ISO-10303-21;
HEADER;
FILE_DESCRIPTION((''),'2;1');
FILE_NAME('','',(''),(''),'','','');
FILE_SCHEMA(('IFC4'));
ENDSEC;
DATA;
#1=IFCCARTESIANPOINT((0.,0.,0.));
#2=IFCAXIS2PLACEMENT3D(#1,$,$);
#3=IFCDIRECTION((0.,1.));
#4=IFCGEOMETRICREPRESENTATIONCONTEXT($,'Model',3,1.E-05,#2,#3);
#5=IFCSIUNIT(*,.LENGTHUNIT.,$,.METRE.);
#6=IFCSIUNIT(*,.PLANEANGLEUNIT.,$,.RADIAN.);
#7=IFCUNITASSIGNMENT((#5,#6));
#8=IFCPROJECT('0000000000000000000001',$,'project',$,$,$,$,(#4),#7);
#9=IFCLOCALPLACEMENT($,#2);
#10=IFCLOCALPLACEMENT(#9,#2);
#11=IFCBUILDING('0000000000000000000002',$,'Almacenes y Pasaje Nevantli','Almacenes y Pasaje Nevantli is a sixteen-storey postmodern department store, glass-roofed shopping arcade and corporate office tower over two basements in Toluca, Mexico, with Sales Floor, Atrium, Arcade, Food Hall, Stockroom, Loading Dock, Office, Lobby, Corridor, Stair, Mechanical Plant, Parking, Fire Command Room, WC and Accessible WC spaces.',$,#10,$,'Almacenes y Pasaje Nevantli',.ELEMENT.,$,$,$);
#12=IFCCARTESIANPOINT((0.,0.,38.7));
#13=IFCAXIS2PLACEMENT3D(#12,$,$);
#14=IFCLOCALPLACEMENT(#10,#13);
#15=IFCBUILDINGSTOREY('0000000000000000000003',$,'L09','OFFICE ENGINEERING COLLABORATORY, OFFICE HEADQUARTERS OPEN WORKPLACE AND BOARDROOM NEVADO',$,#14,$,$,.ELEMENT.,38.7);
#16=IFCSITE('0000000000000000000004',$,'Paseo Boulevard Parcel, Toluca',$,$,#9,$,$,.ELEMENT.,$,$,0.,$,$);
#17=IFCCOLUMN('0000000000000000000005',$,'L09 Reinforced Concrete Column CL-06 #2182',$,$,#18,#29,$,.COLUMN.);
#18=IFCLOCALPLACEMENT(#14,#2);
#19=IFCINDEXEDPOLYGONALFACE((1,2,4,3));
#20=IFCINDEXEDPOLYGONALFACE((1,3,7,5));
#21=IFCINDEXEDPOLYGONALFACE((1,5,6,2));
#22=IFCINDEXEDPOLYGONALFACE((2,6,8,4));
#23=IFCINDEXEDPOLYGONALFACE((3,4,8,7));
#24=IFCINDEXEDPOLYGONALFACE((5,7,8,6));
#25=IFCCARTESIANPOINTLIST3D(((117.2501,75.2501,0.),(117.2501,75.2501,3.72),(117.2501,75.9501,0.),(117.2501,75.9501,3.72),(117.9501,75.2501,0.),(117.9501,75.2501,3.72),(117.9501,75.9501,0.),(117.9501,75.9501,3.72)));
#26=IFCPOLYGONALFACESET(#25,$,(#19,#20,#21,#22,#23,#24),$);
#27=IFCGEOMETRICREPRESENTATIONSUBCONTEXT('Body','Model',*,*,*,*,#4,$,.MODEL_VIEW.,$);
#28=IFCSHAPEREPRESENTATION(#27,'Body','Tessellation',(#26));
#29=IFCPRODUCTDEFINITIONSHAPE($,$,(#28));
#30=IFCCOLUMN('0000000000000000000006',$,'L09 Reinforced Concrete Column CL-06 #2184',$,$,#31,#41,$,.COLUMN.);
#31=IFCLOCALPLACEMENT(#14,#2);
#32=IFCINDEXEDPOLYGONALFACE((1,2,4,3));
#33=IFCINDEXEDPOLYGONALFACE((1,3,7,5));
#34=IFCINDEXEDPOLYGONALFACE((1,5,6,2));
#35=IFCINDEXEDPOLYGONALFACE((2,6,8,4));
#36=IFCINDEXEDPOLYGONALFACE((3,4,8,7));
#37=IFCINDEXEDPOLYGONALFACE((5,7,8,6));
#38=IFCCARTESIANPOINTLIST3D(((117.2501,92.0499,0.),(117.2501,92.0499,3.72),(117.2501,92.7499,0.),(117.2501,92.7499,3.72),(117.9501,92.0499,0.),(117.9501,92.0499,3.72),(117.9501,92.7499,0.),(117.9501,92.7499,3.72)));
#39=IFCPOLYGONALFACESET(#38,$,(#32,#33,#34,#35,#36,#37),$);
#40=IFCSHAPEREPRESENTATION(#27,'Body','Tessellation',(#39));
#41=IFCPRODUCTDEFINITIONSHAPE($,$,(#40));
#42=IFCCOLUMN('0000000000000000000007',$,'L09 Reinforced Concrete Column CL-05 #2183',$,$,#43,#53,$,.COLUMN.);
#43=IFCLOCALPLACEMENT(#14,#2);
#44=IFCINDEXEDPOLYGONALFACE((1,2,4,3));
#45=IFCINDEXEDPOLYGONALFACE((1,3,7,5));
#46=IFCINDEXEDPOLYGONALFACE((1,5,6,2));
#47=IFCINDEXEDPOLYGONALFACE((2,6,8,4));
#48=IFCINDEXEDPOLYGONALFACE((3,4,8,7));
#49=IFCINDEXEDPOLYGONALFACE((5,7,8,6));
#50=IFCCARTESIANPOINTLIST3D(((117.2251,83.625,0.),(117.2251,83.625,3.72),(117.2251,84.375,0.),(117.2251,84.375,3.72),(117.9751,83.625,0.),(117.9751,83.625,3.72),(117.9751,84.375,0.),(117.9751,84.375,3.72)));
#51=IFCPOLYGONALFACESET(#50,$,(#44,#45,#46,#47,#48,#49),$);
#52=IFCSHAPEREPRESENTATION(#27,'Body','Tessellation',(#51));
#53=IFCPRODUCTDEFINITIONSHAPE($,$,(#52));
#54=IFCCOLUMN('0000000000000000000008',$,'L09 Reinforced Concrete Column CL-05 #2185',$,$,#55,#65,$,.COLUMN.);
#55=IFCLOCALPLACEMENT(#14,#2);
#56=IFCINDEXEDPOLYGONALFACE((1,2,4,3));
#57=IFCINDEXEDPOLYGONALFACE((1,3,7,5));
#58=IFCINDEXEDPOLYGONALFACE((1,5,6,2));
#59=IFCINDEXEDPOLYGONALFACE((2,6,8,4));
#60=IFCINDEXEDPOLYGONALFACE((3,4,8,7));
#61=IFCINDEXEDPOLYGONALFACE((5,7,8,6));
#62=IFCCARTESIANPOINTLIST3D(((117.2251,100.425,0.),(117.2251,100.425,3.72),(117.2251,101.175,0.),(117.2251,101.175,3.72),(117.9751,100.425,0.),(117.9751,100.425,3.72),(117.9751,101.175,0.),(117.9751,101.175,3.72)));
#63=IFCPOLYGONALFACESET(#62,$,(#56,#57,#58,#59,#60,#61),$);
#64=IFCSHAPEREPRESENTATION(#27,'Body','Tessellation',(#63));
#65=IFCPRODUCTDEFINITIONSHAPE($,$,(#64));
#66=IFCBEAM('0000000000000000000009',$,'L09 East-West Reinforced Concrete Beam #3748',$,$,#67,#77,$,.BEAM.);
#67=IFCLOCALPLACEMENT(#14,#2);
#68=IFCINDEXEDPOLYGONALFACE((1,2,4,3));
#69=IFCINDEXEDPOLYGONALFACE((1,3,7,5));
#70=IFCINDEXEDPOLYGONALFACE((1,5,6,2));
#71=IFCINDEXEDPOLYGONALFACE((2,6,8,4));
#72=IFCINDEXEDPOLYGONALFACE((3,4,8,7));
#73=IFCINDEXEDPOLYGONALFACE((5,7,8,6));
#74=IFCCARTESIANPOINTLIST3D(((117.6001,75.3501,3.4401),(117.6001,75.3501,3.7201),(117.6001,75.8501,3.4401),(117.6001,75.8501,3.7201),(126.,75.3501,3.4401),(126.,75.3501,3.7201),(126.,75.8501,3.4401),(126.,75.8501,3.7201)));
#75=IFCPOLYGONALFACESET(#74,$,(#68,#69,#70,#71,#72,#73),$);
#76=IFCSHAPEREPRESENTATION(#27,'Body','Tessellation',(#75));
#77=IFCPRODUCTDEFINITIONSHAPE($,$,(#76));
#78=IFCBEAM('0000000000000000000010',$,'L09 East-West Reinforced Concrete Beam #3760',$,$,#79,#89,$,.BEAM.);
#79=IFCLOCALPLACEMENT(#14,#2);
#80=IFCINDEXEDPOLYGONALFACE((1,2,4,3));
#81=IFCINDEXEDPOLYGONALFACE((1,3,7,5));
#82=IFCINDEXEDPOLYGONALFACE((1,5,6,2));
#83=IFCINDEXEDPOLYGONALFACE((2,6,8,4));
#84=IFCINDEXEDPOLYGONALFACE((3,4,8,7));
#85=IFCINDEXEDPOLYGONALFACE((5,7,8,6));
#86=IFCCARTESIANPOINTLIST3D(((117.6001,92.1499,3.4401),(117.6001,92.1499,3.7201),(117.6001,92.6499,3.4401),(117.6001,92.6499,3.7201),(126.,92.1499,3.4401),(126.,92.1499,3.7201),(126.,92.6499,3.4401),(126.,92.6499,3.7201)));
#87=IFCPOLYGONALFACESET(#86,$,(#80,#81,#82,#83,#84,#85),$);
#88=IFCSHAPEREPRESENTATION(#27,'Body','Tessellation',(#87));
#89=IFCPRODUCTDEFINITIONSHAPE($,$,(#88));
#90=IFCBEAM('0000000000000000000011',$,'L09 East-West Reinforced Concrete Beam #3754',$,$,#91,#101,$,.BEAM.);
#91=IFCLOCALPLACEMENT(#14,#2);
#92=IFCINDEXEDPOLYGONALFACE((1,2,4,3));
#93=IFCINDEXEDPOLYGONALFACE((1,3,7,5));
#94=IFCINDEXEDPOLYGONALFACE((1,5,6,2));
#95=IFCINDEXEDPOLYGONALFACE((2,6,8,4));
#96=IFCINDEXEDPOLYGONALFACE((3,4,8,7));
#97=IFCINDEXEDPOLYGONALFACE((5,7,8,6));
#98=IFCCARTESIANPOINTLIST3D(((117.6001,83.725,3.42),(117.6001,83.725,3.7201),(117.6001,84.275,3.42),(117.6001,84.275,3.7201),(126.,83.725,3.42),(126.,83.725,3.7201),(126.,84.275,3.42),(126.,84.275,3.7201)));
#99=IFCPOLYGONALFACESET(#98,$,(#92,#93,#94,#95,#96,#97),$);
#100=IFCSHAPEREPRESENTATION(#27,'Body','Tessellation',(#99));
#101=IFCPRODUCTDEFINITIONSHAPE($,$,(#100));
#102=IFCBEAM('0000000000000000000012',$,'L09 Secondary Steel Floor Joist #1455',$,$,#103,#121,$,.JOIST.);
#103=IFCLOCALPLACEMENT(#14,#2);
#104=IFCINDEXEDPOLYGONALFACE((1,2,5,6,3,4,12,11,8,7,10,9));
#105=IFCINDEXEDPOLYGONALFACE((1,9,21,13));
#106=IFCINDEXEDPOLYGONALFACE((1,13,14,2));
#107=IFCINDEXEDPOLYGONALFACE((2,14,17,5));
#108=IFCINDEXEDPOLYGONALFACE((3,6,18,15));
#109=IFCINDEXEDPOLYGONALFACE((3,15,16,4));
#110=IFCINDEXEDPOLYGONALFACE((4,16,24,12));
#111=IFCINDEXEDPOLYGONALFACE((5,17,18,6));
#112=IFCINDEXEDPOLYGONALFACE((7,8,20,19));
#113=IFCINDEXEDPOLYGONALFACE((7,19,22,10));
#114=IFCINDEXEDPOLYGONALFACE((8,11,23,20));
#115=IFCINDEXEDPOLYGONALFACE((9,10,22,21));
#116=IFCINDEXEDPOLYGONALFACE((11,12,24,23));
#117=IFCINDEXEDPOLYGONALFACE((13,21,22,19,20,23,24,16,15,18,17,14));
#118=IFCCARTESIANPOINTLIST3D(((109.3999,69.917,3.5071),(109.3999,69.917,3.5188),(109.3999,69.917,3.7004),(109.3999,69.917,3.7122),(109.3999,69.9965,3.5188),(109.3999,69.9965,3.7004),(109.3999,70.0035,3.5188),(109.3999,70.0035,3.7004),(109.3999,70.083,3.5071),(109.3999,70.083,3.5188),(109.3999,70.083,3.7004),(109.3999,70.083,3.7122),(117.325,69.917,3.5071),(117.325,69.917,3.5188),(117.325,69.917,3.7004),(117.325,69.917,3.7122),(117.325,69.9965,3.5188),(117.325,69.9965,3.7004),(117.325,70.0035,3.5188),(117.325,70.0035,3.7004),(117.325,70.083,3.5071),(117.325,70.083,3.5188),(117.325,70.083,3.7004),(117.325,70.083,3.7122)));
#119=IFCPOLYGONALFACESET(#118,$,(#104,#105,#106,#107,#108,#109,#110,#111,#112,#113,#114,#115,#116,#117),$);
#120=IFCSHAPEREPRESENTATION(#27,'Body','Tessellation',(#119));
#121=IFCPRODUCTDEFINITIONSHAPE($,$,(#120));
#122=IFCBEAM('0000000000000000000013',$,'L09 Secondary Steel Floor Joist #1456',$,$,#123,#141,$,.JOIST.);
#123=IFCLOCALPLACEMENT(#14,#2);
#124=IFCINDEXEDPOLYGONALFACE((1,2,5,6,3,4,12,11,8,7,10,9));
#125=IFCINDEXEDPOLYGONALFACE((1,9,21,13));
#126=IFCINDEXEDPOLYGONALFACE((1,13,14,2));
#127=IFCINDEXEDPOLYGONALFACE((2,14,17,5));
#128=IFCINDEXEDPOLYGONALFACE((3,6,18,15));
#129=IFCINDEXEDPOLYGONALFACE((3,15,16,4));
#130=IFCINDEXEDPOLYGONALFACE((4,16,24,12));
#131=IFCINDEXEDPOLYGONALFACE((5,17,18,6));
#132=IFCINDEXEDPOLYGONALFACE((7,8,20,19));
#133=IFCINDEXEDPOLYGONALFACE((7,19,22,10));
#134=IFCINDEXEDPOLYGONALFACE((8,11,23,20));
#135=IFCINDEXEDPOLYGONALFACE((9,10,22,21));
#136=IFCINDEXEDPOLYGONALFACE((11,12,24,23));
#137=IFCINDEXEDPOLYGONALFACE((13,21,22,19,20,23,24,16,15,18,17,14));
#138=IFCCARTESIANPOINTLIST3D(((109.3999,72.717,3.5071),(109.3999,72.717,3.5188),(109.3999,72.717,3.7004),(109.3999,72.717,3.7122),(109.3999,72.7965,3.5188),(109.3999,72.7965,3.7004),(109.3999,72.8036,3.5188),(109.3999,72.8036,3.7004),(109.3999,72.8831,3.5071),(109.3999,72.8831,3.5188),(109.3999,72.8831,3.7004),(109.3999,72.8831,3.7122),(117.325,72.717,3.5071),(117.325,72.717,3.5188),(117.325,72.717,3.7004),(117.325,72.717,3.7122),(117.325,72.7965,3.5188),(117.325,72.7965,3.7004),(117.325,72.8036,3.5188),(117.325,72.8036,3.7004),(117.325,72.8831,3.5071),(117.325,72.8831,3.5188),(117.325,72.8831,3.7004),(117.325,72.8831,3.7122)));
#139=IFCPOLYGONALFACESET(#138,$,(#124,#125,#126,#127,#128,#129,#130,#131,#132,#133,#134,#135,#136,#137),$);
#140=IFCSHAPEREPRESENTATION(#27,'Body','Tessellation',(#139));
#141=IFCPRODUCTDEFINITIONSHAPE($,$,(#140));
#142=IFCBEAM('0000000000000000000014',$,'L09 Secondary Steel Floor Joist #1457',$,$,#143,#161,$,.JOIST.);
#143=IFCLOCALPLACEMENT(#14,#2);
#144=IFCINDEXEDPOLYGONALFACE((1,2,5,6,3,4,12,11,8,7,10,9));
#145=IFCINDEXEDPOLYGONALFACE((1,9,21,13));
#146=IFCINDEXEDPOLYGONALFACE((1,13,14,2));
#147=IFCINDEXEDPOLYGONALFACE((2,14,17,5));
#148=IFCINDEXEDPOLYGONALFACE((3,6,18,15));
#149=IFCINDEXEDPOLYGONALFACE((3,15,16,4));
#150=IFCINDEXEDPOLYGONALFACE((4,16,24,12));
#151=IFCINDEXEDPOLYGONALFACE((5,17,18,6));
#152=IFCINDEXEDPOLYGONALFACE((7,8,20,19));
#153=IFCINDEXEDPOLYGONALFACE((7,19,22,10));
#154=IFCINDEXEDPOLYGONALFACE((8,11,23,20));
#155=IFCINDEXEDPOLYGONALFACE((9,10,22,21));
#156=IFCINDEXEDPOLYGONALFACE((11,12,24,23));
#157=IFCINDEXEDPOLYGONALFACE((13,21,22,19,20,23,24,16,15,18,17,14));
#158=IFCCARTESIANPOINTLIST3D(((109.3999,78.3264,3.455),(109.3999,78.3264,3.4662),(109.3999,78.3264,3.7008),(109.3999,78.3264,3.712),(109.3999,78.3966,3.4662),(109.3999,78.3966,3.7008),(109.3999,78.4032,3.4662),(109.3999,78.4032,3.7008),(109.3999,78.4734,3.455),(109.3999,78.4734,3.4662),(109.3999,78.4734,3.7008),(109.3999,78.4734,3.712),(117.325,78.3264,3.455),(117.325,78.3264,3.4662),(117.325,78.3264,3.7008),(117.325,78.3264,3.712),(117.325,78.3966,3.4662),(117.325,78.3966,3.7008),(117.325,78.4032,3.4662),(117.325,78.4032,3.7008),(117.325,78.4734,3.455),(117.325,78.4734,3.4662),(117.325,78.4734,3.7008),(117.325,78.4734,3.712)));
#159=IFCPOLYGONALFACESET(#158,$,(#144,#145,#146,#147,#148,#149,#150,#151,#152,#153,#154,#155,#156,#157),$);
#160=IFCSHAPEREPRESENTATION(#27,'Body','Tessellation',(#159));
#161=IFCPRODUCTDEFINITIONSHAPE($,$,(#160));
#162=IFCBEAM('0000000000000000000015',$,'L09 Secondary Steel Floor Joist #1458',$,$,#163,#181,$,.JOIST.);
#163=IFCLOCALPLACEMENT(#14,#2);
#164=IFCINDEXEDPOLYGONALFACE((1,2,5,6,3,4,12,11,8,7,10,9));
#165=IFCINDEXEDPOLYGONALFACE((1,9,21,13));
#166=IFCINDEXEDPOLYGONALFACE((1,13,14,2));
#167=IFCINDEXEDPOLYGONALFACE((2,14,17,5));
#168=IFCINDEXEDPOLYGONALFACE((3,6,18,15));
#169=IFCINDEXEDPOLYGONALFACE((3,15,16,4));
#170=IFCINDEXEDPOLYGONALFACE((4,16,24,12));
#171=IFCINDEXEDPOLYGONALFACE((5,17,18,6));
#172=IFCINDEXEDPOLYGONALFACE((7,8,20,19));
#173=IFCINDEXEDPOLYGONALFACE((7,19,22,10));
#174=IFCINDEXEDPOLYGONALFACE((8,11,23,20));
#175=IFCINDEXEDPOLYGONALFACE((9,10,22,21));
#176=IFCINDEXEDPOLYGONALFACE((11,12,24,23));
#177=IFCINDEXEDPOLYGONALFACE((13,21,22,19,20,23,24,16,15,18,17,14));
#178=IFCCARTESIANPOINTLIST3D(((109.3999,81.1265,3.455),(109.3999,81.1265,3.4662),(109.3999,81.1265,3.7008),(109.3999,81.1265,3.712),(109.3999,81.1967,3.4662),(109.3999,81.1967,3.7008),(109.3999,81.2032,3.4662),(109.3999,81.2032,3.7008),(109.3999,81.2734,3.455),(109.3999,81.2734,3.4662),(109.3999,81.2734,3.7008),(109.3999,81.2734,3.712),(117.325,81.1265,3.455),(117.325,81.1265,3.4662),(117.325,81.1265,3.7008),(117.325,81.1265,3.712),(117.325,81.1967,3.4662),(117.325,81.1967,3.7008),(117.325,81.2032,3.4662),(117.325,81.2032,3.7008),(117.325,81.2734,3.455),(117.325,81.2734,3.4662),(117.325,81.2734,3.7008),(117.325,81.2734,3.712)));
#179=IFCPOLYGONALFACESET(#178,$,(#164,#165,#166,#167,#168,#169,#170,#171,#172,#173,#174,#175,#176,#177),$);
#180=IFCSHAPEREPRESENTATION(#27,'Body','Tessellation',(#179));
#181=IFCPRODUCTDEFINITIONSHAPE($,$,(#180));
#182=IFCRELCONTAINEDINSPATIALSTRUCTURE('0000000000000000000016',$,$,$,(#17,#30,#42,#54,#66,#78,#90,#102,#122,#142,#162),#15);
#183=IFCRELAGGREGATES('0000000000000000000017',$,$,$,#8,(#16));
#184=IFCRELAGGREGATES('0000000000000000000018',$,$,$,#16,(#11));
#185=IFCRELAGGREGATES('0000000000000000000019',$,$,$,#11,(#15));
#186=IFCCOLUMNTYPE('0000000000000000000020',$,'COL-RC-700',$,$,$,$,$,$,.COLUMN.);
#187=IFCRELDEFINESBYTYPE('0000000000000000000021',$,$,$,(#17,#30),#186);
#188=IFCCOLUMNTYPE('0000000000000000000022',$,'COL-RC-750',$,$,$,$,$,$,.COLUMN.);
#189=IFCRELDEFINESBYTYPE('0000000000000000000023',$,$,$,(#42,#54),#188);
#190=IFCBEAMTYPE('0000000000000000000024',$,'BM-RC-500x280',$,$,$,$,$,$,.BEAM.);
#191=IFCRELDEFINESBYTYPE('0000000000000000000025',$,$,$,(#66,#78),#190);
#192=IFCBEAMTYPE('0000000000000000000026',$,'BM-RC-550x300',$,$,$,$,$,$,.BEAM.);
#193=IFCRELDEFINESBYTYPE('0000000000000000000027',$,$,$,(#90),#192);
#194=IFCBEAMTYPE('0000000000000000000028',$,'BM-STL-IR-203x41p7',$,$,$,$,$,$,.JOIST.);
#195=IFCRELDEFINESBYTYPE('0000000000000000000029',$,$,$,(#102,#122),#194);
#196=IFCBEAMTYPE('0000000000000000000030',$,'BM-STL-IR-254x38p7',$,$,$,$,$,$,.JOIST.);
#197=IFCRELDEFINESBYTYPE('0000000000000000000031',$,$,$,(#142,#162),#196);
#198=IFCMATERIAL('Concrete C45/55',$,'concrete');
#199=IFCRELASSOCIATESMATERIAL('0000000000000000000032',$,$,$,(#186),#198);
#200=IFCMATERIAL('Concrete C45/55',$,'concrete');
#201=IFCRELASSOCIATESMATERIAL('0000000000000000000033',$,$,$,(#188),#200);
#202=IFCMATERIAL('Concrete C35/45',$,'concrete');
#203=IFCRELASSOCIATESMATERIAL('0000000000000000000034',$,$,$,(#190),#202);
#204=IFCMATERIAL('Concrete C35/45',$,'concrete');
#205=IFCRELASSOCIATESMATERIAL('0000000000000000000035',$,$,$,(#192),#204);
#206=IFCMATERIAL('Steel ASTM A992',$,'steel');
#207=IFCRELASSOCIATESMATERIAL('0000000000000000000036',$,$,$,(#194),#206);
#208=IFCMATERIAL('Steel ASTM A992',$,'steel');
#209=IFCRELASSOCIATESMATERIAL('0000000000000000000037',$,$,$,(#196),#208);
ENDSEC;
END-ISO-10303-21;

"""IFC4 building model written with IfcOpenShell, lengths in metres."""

from ifc_helpers import new_model, si_unit, direction, frame, origin, origin_2d, place, context, subcontext, project, spatial, rectangle, i_section, extrude, material, material_profile, profile_set, type_object, element, save


model = new_model("IFC4")

# Units and contexts
model_context = context("Model", 3, precision=1e-05, world=origin(), true_north=direction((0.0, 1.0)))
body_context = subcontext(model_context, "Body", "Model", "MODEL_VIEW")
ifc_project = project(units=[si_unit("LENGTHUNIT", "METRE"), si_unit("PLANEANGLEUNIT", "RADIAN")], contexts=[model_context])

# Site, building, storey
site_placement = place(None, origin())
site = spatial("IfcSite", under=ifc_project, at=site_placement, Name="Paseo Boulevard Parcel, Toluca", CompositionType="ELEMENT", RefElevation=0.0)
building_placement = place(site_placement, origin())
building = spatial("IfcBuilding", under=site, at=building_placement, Name="Almacenes y Pasaje Nevantli", Description="Almacenes y Pasaje Nevantli is a sixteen-storey postmodern department store, glass-roofed shopping arcade and corporate office tower over two basements in Toluca, Mexico, with Sales Floor, Atrium, Arcade, Food Hall, Stockroom, Loading Dock, Office, Lobby, Corridor, Stair, Mechanical Plant, Parking, Fire Command Room, WC and Accessible WC spaces.", LongName="Almacenes y Pasaje Nevantli", CompositionType="ELEMENT")
storey_placement = place(building_placement, frame((0.0, 0.0, 38.7)))
storey = spatial("IfcBuildingStorey", under=building, at=storey_placement, Name="L09", Description="OFFICE ENGINEERING COLLABORATORY, OFFICE HEADQUARTERS OPEN WORKPLACE AND BOARDROOM NEVADO", CompositionType="ELEMENT", Elevation=38.7)

# Columns
ifc_material_1 = material(Name="Concrete C45/55", Category="concrete")
ifc_material_profile_1 = material_profile(ifc_material_1, rectangle(XDim=0.7, YDim=0.7, at=origin_2d()), Name="RC-COL-700x700")
ifc_profile_set_1 = profile_set([ifc_material_profile_1], Name="Concrete C45/55")
column_type_1 = type_object("IfcColumnType", Name="COL-RC-700", PredefinedType="COLUMN", material=ifc_profile_set_1)
for number, where, z_axis, x_axis, name in (
    (1, (117.6001, 75.6001, 0.0), (0.0, 0.0, 1.0), (1.0, 0.0, 0.0), "L09 Reinforced Concrete Column CL-06 #2182"),
    (2, (117.6001, 92.3999, 0.0), (0.0, 0.0, 1.0), (1.0, 0.0, 0.0), "L09 Reinforced Concrete Column CL-06 #2184"),
):
    element("IfcColumn", number, at=place(storey_placement, frame(where, z_axis=z_axis, x_axis=x_axis)), inside=storey, type_object=column_type_1, Name=name, PredefinedType="COLUMN", context=body_context, shape_type="SweptSolid", body=[
        extrude(rectangle(XDim=0.7, YDim=0.7, at=origin_2d()), origin(), (0.0, 0.0, 1.0), 3.72),
    ])
ifc_material_2 = material(Name="Concrete C45/55", Category="concrete")
ifc_material_profile_2 = material_profile(ifc_material_2, rectangle(XDim=0.75, YDim=0.75, at=origin_2d()), Name="RC-COL-750x750")
ifc_profile_set_2 = profile_set([ifc_material_profile_2], Name="Concrete C45/55")
column_type_2 = type_object("IfcColumnType", Name="COL-RC-750", PredefinedType="COLUMN", material=ifc_profile_set_2)
for number, where, z_axis, x_axis, name in (
    (3, (117.6001, 84.0, 0.0), (0.0, 0.0, 1.0), (1.0, 0.0, 0.0), "L09 Reinforced Concrete Column CL-05 #2183"),
    (4, (117.6001, 100.8, 0.0), (0.0, 0.0, 1.0), (1.0, 0.0, 0.0), "L09 Reinforced Concrete Column CL-05 #2185"),
):
    element("IfcColumn", number, at=place(storey_placement, frame(where, z_axis=z_axis, x_axis=x_axis)), inside=storey, type_object=column_type_2, Name=name, PredefinedType="COLUMN", context=body_context, shape_type="SweptSolid", body=[
        extrude(rectangle(XDim=0.75, YDim=0.75, at=origin_2d()), origin(), (0.0, 0.0, 1.0), 3.72),
    ])

# Beams
ifc_material_3 = material(Name="Concrete C35/45", Category="concrete")
ifc_material_profile_3 = material_profile(ifc_material_3, rectangle(XDim=0.5, YDim=0.28, at=origin_2d()), Name="RC-BM-500x280")
ifc_profile_set_3 = profile_set([ifc_material_profile_3], Name="Concrete C35/45")
beam_type_1 = type_object("IfcBeamType", Name="BM-RC-500x280", PredefinedType="BEAM", material=ifc_profile_set_3)
for number, where, z_axis, x_axis, name in (
    (5, (117.6001, 75.6001, 3.5801), (1.0, 0.0, 0.0), (0.0, 1.0, 0.0), "L09 East-West Reinforced Concrete Beam #3748"),
    (6, (117.6001, 92.3999, 3.5801), (1.0, 0.0, 0.0), (0.0, 1.0, 0.0), "L09 East-West Reinforced Concrete Beam #3760"),
):
    element("IfcBeam", number, at=place(storey_placement, frame(where, z_axis=z_axis, x_axis=x_axis)), inside=storey, type_object=beam_type_1, Name=name, PredefinedType="BEAM", context=body_context, shape_type="SweptSolid", body=[
        extrude(rectangle(XDim=0.5, YDim=0.28, at=origin_2d()), origin(), (0.0, 0.0, 1.0), 8.3999),
    ])
ifc_material_4 = material(Name="Concrete C35/45", Category="concrete")
ifc_material_profile_4 = material_profile(ifc_material_4, rectangle(XDim=0.55, YDim=0.3, at=origin_2d()), Name="RC-BM-550x300")
ifc_profile_set_4 = profile_set([ifc_material_profile_4], Name="Concrete C35/45")
beam_type_2 = type_object("IfcBeamType", Name="BM-RC-550x300", PredefinedType="BEAM", material=ifc_profile_set_4)
beam_placement = place(storey_placement, frame((117.6001, 84.0, 3.5701), z_axis=(1.0, 0.0, 0.0), x_axis=(0.0, 1.0, 0.0)))
element("IfcBeam", 7, at=beam_placement, inside=storey, type_object=beam_type_2, Name="L09 East-West Reinforced Concrete Beam #3754", PredefinedType="BEAM", context=body_context, shape_type="SweptSolid", body=[
    extrude(rectangle(XDim=0.55, YDim=0.3, at=origin_2d()), origin(), (0.0, 0.0, 1.0), 8.3999),
])
ifc_material_5 = material(Name="Steel ASTM A992", Category="steel")
ifc_material_profile_5 = material_profile(ifc_material_5, i_section(OverallWidth=0.166, OverallDepth=0.2051, WebThickness=0.0071, FlangeThickness=0.0117, at=origin_2d()), Name="IR 203x41.7")
ifc_profile_set_5 = profile_set([ifc_material_profile_5], Name="Steel ASTM A992")
beam_type_3 = type_object("IfcBeamType", Name="BM-STL-IR-203x41p7", PredefinedType="JOIST", material=ifc_profile_set_5)
for number, where, z_axis, x_axis, name in (
    (8, (109.3999, 70.0, 3.6096), (1.0, 0.0, 0.0), (0.0, 1.0, 0.0), "L09 Secondary Steel Floor Joist #1455"),
    (9, (109.3999, 72.8, 3.6096), (1.0, 0.0, 0.0), (0.0, 1.0, 0.0), "L09 Secondary Steel Floor Joist #1456"),
):
    element("IfcBeam", number, at=place(storey_placement, frame(where, z_axis=z_axis, x_axis=x_axis)), inside=storey, type_object=beam_type_3, Name=name, PredefinedType="JOIST", context=body_context, shape_type="SweptSolid", body=[
        extrude(i_section(OverallWidth=0.166, OverallDepth=0.2051, WebThickness=0.0071, FlangeThickness=0.0117, at=origin_2d()), origin(), (0.0, 0.0, 1.0), 7.925),
    ])
ifc_material_6 = material(Name="Steel ASTM A992", Category="steel")
ifc_material_profile_6 = material_profile(ifc_material_6, i_section(OverallWidth=0.147, OverallDepth=0.2571, WebThickness=0.0066, FlangeThickness=0.0112, at=origin_2d()), Name="IR 254x38.7")
ifc_profile_set_6 = profile_set([ifc_material_profile_6], Name="Steel ASTM A992")
beam_type_4 = type_object("IfcBeamType", Name="BM-STL-IR-254x38p7", PredefinedType="JOIST", material=ifc_profile_set_6)
for number, where, z_axis, x_axis, name in (
    (10, (109.3999, 78.3999, 3.5835), (1.0, 0.0, 0.0), (0.0, 1.0, 0.0), "L09 Secondary Steel Floor Joist #1457"),
    (11, (109.3999, 81.2, 3.5835), (1.0, 0.0, 0.0), (0.0, 1.0, 0.0), "L09 Secondary Steel Floor Joist #1458"),
):
    element("IfcBeam", number, at=place(storey_placement, frame(where, z_axis=z_axis, x_axis=x_axis)), inside=storey, type_object=beam_type_4, Name=name, PredefinedType="JOIST", context=body_context, shape_type="SweptSolid", body=[
        extrude(i_section(OverallWidth=0.147, OverallDepth=0.2571, WebThickness=0.0066, FlangeThickness=0.0112, at=origin_2d()), origin(), (0.0, 0.0, 1.0), 7.925),
    ])

save(model, "model.ifc")
